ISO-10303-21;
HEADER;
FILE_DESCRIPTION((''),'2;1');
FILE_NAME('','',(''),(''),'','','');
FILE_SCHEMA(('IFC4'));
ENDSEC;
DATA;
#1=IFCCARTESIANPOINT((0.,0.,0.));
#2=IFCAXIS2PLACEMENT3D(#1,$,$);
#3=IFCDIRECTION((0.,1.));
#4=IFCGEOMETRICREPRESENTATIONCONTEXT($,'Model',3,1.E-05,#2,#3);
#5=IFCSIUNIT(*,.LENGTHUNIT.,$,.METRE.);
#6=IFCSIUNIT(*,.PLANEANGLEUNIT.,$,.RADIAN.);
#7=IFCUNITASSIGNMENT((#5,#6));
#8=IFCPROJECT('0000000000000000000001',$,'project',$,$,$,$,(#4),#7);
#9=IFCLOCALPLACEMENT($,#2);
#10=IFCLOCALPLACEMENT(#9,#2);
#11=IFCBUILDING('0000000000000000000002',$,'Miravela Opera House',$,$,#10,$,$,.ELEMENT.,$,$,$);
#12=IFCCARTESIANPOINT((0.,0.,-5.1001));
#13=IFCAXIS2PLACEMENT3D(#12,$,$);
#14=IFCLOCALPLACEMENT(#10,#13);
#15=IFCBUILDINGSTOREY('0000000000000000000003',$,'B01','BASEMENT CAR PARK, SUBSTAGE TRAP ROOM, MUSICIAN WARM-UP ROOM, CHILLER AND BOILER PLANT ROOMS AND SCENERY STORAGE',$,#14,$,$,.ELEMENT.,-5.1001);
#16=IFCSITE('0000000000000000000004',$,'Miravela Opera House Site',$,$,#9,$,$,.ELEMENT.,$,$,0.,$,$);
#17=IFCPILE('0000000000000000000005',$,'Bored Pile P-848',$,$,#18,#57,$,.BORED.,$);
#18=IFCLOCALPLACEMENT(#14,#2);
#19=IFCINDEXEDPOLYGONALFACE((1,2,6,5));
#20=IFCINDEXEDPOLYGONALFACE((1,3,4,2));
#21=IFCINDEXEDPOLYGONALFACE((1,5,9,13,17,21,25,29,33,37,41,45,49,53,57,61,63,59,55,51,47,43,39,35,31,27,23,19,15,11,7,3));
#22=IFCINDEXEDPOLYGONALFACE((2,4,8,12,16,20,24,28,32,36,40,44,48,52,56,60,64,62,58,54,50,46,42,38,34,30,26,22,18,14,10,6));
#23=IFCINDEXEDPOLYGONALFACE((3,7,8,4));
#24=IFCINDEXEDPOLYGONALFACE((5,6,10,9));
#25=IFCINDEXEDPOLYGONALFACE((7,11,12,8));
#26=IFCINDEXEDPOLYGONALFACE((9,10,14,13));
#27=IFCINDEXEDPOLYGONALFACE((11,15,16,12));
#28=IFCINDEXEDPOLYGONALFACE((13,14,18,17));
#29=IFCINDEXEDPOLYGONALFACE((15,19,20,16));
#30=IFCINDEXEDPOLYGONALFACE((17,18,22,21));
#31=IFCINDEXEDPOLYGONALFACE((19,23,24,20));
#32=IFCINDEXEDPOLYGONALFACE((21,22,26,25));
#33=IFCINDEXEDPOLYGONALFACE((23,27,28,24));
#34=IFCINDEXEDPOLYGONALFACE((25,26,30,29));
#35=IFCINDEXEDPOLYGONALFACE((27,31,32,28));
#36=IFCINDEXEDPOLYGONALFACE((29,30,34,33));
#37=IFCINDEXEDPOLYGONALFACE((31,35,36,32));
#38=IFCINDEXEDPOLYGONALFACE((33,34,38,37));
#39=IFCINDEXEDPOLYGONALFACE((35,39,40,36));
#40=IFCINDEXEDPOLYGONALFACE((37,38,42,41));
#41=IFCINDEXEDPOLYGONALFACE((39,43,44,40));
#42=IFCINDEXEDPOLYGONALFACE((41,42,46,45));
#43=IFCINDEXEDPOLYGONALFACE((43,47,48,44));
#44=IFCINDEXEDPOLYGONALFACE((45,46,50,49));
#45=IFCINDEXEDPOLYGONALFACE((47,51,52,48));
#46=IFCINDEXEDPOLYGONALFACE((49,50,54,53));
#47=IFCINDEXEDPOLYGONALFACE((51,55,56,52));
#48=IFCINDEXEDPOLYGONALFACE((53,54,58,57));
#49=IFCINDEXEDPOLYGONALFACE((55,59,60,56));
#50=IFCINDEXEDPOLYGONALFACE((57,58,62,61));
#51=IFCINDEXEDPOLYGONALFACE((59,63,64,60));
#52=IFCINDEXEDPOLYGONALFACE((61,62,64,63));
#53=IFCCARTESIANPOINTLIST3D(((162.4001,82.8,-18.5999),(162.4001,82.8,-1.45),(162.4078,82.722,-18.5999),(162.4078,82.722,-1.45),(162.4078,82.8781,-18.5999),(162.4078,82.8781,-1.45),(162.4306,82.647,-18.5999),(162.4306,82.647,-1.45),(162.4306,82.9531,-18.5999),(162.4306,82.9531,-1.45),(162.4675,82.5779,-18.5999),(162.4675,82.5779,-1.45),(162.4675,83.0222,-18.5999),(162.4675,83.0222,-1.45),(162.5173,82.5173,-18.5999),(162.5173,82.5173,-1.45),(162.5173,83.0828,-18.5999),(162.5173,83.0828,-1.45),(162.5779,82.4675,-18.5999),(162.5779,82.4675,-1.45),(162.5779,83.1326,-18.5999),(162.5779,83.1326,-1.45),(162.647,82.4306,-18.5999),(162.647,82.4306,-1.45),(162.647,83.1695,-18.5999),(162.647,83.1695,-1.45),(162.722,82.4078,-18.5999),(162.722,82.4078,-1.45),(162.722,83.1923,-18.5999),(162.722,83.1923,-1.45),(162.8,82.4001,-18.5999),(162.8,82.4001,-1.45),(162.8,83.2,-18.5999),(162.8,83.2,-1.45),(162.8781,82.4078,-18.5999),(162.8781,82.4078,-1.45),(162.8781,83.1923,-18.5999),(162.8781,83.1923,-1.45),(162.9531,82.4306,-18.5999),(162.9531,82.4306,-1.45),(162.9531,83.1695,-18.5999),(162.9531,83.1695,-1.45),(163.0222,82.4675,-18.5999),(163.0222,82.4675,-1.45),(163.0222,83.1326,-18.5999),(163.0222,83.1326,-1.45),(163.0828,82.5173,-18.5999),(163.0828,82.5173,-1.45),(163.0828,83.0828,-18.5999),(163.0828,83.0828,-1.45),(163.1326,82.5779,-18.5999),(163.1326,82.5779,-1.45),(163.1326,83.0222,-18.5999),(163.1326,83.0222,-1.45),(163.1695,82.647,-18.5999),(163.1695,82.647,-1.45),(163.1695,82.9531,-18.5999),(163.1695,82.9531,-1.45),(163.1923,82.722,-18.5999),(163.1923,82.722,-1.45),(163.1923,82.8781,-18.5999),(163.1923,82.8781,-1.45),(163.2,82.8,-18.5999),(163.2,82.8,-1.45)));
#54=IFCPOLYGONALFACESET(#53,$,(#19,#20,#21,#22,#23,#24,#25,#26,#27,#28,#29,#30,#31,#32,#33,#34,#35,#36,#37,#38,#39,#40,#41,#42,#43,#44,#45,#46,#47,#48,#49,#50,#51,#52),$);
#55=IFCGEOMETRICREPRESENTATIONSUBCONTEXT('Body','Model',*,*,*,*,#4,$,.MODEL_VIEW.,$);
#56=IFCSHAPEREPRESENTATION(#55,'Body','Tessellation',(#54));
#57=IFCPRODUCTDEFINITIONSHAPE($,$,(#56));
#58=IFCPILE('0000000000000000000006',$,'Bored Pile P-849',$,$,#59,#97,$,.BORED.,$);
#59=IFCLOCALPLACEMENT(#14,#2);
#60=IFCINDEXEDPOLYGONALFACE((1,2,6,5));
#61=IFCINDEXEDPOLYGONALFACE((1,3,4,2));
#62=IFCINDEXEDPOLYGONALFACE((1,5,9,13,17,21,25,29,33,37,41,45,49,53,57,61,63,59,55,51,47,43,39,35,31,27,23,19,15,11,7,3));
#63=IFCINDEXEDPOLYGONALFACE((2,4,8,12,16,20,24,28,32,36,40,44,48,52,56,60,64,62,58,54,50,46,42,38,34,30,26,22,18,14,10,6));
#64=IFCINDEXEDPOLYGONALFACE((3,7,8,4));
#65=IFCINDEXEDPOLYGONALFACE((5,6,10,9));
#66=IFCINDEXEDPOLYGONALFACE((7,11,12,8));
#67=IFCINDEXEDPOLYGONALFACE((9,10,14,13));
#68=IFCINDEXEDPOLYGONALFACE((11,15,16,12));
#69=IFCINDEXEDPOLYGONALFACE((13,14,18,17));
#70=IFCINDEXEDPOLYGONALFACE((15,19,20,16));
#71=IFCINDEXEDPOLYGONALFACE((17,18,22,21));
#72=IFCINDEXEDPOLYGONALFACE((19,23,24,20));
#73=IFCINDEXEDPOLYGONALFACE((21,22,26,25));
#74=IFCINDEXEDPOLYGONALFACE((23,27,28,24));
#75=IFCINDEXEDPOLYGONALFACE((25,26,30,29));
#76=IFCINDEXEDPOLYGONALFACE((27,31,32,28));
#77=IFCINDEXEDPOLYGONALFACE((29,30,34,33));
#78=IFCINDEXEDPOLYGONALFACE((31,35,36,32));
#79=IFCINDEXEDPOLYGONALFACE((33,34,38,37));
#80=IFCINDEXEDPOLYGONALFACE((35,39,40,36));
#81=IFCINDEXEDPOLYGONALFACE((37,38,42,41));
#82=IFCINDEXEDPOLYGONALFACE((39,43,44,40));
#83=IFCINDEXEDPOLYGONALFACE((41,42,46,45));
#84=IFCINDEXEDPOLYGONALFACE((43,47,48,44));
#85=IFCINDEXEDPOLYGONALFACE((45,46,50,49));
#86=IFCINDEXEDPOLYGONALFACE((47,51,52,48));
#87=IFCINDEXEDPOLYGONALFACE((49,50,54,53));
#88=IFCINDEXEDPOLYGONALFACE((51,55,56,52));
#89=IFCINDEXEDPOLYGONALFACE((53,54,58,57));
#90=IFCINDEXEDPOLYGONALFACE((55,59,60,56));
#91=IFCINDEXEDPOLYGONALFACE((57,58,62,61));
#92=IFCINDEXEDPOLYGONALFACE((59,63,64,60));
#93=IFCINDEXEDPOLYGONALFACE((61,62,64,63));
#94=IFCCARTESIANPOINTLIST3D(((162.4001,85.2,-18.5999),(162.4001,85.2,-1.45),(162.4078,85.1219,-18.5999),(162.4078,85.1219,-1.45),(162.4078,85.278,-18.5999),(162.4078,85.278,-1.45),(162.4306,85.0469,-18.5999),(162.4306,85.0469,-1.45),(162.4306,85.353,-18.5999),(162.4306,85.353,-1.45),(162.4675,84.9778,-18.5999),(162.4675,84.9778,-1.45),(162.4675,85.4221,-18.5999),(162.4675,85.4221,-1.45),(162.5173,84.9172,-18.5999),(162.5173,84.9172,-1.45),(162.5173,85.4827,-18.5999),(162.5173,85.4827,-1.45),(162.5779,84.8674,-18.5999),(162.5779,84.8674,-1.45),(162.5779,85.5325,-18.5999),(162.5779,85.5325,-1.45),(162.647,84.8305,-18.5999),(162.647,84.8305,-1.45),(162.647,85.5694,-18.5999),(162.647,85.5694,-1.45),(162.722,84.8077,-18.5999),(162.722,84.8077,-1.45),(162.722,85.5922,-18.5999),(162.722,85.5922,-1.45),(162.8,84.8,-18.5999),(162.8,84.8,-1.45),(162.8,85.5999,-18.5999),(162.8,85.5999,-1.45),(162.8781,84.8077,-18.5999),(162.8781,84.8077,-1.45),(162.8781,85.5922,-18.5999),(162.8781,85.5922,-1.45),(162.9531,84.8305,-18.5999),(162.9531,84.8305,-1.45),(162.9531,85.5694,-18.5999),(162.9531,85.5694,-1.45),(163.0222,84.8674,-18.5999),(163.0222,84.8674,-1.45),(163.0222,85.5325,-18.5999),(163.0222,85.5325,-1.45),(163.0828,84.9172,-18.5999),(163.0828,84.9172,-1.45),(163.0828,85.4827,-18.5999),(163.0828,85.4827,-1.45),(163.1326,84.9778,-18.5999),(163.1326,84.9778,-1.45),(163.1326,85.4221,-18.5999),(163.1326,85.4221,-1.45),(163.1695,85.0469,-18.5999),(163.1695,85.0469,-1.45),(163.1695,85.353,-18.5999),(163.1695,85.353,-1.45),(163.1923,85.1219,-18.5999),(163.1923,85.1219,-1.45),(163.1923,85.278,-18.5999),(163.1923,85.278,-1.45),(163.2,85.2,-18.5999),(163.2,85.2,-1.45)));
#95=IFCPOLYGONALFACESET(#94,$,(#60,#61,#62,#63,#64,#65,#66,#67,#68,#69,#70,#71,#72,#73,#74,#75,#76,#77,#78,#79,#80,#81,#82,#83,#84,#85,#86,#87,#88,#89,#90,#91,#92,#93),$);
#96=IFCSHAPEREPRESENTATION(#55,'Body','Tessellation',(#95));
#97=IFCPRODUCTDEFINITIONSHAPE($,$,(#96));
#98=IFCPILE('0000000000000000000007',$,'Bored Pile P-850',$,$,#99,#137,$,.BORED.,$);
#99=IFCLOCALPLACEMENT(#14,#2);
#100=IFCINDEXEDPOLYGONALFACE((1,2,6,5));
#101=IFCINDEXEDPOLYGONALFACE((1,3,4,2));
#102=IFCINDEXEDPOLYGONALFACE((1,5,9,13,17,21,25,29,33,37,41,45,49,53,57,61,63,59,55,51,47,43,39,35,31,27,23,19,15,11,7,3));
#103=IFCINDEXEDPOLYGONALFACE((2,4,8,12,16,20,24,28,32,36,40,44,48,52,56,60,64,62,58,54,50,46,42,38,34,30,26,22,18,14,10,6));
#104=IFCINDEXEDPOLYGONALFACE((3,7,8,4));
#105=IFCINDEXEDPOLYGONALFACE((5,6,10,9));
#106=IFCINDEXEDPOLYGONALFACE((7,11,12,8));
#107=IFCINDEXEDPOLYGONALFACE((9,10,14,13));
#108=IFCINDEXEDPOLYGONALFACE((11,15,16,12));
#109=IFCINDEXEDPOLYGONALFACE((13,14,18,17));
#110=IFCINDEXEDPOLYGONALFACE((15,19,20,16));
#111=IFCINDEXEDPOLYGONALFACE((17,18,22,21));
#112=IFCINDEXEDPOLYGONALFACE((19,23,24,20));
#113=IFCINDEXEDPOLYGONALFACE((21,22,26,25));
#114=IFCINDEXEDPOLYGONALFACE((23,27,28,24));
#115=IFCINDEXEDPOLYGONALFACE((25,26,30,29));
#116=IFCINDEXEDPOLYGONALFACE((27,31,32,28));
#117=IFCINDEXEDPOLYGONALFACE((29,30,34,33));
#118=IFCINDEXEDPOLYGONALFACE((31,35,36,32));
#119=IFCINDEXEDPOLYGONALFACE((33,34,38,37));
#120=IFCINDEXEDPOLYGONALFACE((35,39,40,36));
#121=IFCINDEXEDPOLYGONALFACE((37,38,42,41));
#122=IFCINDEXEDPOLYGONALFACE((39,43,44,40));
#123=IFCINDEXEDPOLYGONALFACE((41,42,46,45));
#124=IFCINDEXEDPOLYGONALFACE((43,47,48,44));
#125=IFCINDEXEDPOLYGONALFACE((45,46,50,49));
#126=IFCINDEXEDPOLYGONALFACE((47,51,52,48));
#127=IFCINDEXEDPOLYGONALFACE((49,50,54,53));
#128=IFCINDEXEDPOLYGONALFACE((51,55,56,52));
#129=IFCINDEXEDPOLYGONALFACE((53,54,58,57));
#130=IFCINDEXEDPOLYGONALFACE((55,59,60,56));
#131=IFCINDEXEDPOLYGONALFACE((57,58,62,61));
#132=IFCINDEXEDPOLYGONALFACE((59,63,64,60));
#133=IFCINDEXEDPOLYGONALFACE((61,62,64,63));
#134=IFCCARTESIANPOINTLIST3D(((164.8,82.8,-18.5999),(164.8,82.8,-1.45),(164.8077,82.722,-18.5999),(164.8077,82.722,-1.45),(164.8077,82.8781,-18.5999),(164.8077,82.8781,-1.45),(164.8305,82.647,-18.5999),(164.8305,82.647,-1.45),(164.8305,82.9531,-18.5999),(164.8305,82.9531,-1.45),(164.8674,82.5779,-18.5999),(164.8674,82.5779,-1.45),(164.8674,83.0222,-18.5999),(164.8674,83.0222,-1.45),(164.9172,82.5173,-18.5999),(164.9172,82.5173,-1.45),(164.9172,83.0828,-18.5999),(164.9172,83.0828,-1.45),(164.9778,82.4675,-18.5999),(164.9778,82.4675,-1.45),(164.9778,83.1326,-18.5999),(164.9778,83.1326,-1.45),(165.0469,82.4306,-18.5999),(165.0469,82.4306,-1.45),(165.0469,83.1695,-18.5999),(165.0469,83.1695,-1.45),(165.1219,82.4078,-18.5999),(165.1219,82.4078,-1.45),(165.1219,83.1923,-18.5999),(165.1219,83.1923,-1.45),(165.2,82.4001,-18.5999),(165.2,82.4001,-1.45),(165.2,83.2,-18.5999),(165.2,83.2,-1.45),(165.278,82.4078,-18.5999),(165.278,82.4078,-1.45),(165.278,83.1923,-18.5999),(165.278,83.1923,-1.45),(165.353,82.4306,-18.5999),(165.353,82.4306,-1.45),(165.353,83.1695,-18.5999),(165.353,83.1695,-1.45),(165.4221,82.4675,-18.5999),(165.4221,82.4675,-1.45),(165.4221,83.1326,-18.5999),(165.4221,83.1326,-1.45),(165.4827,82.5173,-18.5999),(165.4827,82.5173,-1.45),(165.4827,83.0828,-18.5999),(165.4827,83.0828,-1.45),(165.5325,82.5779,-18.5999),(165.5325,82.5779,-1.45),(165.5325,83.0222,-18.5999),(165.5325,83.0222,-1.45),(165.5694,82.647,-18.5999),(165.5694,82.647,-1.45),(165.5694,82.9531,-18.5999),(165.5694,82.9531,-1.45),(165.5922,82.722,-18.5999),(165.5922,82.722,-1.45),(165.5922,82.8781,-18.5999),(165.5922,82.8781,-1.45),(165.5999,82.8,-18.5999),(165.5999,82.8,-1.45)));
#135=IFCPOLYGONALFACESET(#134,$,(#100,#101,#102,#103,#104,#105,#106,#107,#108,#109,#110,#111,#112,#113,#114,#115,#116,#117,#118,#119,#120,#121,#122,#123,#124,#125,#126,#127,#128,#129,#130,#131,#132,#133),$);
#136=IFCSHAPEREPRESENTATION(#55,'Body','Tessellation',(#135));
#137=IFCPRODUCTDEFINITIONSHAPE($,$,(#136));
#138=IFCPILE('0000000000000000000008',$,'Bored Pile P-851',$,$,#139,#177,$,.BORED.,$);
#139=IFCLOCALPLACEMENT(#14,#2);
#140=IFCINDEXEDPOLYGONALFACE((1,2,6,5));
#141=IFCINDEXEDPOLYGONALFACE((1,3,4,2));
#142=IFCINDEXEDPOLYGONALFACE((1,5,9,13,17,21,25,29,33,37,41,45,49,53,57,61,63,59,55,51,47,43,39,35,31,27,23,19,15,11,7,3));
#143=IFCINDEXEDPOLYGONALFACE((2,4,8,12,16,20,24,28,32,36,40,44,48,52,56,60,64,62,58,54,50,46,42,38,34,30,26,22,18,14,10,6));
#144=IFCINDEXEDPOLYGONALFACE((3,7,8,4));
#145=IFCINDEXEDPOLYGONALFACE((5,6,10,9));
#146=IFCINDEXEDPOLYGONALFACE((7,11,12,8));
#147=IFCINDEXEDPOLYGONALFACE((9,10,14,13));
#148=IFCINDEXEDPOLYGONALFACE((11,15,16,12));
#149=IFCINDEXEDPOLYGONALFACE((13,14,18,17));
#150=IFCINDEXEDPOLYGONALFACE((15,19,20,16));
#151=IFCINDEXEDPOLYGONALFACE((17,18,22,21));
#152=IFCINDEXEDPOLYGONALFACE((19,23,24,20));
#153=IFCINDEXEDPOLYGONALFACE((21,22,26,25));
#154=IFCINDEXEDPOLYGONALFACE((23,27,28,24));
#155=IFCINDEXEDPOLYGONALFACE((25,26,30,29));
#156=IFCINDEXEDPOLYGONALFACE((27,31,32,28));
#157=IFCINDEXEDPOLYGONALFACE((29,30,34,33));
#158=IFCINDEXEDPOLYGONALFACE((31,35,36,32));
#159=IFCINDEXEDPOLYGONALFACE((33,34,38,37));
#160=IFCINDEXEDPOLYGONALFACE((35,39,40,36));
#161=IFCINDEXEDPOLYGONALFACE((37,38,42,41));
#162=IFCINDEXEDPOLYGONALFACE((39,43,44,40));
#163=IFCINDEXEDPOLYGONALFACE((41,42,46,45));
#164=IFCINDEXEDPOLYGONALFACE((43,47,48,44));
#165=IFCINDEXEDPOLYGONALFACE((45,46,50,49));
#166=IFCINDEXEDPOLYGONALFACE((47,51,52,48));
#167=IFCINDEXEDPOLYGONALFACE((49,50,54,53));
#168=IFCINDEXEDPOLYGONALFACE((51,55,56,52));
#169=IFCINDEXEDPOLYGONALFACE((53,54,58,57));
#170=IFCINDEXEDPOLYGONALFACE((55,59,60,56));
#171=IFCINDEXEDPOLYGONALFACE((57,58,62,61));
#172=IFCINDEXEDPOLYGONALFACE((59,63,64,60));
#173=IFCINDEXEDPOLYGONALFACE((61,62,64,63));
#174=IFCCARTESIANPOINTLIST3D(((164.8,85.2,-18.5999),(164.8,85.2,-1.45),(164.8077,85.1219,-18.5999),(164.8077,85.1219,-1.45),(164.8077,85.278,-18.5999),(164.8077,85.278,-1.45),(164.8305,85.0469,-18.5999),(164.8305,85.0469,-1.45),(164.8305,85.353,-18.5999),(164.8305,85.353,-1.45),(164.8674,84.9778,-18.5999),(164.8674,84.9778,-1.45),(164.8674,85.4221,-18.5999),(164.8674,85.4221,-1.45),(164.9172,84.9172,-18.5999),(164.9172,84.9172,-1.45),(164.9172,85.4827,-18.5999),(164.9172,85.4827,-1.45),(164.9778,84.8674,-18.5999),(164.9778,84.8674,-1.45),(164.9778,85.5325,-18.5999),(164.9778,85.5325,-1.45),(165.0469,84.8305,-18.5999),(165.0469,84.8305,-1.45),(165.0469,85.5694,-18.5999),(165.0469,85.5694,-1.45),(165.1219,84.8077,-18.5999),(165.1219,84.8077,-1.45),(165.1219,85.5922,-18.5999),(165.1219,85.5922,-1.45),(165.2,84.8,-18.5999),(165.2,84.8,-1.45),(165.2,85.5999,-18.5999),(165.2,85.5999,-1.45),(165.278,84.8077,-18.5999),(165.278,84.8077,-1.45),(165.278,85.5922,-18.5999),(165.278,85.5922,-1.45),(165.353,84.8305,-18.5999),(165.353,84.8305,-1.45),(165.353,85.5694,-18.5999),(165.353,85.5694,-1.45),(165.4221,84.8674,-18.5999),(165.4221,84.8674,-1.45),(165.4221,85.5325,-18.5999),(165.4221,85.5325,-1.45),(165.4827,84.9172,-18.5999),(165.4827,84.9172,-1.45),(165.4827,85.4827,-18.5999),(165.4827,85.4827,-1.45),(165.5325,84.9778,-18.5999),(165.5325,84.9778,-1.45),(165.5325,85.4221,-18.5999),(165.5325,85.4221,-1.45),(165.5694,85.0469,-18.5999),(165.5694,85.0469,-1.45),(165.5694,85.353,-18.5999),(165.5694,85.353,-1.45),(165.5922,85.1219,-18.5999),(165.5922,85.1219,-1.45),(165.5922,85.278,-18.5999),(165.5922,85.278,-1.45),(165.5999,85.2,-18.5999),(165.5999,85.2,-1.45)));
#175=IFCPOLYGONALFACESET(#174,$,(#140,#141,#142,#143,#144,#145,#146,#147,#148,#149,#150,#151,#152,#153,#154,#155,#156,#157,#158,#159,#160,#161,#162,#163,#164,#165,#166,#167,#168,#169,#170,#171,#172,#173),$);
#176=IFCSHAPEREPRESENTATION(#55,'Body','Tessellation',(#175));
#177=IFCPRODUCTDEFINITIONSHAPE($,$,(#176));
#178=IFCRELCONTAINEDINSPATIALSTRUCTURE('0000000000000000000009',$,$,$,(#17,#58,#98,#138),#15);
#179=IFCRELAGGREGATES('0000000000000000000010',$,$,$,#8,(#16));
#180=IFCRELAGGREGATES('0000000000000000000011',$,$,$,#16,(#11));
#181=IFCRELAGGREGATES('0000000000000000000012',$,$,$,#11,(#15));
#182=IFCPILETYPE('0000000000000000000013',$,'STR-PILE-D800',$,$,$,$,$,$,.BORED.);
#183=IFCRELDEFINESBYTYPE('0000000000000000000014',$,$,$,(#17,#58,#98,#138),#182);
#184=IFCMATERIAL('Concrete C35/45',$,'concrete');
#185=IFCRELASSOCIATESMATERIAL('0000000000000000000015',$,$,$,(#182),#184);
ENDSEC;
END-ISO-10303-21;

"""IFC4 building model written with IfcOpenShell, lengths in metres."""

from ifc_helpers import new_model, si_unit, direction, frame, origin, origin_2d, place, context, subcontext, project, spatial, circle, extrude, material, material_profile, profile_set, type_object, element, save


model = new_model("IFC4")

# Units and contexts
model_context = context("Model", 3, precision=1e-05, world=origin(), true_north=direction((0.0, 1.0)))
body_context = subcontext(model_context, "Body", "Model", "MODEL_VIEW")
ifc_project = project(units=[si_unit("LENGTHUNIT", "METRE"), si_unit("PLANEANGLEUNIT", "RADIAN")], contexts=[model_context])

# Site, building, storey
site_placement = place(None, origin())
site = spatial("IfcSite", under=ifc_project, at=site_placement, Name="Miravela Opera House Site", CompositionType="ELEMENT", RefElevation=0.0)
building_placement = place(site_placement, origin())
building = spatial("IfcBuilding", under=site, at=building_placement, Name="Miravela Opera House", CompositionType="ELEMENT")
storey_placement = place(building_placement, frame((0.0, 0.0, -5.1001)))
storey = spatial("IfcBuildingStorey", under=building, at=storey_placement, Name="B01", Description="BASEMENT CAR PARK, SUBSTAGE TRAP ROOM, MUSICIAN WARM-UP ROOM, CHILLER AND BOILER PLANT ROOMS AND SCENERY STORAGE", CompositionType="ELEMENT", Elevation=-5.1001)

# Shared definitions
ifc_material_1 = material(Name="Concrete C35/45", Category="concrete")

# Piles
ifc_material_profile_1 = material_profile(ifc_material_1, circle(Radius=0.3999, at=origin_2d()), Name="PILE-D800")
ifc_profile_set_1 = profile_set([ifc_material_profile_1])
pile_type_1 = type_object("IfcPileType", Name="STR-PILE-D800", PredefinedType="BORED", material=ifc_profile_set_1)
for number, where, z_axis, x_axis, name in (
    (1, (162.8, 82.8, -1.45), (0.0, 0.0, -1.0), (1.0, 0.0, 0.0), "Bored Pile P-848"),
    (2, (162.8, 85.2, -1.45), (0.0, 0.0, -1.0), (1.0, 0.0, 0.0), "Bored Pile P-849"),
    (3, (165.2, 82.8, -1.45), (0.0, 0.0, -1.0), (1.0, 0.0, 0.0), "Bored Pile P-850"),
    (4, (165.2, 85.2, -1.45), (0.0, 0.0, -1.0), (1.0, 0.0, 0.0), "Bored Pile P-851"),
):
    element("IfcPile", number, at=place(storey_placement, frame(where, z_axis=z_axis, x_axis=x_axis)), inside=storey, type_object=pile_type_1, Name=name, PredefinedType="BORED", context=body_context, shape_type="SweptSolid", body=[
        extrude(circle(Radius=0.3999, at=origin_2d()), origin(), (0.0, 0.0, 1.0), 17.1499),
    ])

save(model, "model.ifc")
